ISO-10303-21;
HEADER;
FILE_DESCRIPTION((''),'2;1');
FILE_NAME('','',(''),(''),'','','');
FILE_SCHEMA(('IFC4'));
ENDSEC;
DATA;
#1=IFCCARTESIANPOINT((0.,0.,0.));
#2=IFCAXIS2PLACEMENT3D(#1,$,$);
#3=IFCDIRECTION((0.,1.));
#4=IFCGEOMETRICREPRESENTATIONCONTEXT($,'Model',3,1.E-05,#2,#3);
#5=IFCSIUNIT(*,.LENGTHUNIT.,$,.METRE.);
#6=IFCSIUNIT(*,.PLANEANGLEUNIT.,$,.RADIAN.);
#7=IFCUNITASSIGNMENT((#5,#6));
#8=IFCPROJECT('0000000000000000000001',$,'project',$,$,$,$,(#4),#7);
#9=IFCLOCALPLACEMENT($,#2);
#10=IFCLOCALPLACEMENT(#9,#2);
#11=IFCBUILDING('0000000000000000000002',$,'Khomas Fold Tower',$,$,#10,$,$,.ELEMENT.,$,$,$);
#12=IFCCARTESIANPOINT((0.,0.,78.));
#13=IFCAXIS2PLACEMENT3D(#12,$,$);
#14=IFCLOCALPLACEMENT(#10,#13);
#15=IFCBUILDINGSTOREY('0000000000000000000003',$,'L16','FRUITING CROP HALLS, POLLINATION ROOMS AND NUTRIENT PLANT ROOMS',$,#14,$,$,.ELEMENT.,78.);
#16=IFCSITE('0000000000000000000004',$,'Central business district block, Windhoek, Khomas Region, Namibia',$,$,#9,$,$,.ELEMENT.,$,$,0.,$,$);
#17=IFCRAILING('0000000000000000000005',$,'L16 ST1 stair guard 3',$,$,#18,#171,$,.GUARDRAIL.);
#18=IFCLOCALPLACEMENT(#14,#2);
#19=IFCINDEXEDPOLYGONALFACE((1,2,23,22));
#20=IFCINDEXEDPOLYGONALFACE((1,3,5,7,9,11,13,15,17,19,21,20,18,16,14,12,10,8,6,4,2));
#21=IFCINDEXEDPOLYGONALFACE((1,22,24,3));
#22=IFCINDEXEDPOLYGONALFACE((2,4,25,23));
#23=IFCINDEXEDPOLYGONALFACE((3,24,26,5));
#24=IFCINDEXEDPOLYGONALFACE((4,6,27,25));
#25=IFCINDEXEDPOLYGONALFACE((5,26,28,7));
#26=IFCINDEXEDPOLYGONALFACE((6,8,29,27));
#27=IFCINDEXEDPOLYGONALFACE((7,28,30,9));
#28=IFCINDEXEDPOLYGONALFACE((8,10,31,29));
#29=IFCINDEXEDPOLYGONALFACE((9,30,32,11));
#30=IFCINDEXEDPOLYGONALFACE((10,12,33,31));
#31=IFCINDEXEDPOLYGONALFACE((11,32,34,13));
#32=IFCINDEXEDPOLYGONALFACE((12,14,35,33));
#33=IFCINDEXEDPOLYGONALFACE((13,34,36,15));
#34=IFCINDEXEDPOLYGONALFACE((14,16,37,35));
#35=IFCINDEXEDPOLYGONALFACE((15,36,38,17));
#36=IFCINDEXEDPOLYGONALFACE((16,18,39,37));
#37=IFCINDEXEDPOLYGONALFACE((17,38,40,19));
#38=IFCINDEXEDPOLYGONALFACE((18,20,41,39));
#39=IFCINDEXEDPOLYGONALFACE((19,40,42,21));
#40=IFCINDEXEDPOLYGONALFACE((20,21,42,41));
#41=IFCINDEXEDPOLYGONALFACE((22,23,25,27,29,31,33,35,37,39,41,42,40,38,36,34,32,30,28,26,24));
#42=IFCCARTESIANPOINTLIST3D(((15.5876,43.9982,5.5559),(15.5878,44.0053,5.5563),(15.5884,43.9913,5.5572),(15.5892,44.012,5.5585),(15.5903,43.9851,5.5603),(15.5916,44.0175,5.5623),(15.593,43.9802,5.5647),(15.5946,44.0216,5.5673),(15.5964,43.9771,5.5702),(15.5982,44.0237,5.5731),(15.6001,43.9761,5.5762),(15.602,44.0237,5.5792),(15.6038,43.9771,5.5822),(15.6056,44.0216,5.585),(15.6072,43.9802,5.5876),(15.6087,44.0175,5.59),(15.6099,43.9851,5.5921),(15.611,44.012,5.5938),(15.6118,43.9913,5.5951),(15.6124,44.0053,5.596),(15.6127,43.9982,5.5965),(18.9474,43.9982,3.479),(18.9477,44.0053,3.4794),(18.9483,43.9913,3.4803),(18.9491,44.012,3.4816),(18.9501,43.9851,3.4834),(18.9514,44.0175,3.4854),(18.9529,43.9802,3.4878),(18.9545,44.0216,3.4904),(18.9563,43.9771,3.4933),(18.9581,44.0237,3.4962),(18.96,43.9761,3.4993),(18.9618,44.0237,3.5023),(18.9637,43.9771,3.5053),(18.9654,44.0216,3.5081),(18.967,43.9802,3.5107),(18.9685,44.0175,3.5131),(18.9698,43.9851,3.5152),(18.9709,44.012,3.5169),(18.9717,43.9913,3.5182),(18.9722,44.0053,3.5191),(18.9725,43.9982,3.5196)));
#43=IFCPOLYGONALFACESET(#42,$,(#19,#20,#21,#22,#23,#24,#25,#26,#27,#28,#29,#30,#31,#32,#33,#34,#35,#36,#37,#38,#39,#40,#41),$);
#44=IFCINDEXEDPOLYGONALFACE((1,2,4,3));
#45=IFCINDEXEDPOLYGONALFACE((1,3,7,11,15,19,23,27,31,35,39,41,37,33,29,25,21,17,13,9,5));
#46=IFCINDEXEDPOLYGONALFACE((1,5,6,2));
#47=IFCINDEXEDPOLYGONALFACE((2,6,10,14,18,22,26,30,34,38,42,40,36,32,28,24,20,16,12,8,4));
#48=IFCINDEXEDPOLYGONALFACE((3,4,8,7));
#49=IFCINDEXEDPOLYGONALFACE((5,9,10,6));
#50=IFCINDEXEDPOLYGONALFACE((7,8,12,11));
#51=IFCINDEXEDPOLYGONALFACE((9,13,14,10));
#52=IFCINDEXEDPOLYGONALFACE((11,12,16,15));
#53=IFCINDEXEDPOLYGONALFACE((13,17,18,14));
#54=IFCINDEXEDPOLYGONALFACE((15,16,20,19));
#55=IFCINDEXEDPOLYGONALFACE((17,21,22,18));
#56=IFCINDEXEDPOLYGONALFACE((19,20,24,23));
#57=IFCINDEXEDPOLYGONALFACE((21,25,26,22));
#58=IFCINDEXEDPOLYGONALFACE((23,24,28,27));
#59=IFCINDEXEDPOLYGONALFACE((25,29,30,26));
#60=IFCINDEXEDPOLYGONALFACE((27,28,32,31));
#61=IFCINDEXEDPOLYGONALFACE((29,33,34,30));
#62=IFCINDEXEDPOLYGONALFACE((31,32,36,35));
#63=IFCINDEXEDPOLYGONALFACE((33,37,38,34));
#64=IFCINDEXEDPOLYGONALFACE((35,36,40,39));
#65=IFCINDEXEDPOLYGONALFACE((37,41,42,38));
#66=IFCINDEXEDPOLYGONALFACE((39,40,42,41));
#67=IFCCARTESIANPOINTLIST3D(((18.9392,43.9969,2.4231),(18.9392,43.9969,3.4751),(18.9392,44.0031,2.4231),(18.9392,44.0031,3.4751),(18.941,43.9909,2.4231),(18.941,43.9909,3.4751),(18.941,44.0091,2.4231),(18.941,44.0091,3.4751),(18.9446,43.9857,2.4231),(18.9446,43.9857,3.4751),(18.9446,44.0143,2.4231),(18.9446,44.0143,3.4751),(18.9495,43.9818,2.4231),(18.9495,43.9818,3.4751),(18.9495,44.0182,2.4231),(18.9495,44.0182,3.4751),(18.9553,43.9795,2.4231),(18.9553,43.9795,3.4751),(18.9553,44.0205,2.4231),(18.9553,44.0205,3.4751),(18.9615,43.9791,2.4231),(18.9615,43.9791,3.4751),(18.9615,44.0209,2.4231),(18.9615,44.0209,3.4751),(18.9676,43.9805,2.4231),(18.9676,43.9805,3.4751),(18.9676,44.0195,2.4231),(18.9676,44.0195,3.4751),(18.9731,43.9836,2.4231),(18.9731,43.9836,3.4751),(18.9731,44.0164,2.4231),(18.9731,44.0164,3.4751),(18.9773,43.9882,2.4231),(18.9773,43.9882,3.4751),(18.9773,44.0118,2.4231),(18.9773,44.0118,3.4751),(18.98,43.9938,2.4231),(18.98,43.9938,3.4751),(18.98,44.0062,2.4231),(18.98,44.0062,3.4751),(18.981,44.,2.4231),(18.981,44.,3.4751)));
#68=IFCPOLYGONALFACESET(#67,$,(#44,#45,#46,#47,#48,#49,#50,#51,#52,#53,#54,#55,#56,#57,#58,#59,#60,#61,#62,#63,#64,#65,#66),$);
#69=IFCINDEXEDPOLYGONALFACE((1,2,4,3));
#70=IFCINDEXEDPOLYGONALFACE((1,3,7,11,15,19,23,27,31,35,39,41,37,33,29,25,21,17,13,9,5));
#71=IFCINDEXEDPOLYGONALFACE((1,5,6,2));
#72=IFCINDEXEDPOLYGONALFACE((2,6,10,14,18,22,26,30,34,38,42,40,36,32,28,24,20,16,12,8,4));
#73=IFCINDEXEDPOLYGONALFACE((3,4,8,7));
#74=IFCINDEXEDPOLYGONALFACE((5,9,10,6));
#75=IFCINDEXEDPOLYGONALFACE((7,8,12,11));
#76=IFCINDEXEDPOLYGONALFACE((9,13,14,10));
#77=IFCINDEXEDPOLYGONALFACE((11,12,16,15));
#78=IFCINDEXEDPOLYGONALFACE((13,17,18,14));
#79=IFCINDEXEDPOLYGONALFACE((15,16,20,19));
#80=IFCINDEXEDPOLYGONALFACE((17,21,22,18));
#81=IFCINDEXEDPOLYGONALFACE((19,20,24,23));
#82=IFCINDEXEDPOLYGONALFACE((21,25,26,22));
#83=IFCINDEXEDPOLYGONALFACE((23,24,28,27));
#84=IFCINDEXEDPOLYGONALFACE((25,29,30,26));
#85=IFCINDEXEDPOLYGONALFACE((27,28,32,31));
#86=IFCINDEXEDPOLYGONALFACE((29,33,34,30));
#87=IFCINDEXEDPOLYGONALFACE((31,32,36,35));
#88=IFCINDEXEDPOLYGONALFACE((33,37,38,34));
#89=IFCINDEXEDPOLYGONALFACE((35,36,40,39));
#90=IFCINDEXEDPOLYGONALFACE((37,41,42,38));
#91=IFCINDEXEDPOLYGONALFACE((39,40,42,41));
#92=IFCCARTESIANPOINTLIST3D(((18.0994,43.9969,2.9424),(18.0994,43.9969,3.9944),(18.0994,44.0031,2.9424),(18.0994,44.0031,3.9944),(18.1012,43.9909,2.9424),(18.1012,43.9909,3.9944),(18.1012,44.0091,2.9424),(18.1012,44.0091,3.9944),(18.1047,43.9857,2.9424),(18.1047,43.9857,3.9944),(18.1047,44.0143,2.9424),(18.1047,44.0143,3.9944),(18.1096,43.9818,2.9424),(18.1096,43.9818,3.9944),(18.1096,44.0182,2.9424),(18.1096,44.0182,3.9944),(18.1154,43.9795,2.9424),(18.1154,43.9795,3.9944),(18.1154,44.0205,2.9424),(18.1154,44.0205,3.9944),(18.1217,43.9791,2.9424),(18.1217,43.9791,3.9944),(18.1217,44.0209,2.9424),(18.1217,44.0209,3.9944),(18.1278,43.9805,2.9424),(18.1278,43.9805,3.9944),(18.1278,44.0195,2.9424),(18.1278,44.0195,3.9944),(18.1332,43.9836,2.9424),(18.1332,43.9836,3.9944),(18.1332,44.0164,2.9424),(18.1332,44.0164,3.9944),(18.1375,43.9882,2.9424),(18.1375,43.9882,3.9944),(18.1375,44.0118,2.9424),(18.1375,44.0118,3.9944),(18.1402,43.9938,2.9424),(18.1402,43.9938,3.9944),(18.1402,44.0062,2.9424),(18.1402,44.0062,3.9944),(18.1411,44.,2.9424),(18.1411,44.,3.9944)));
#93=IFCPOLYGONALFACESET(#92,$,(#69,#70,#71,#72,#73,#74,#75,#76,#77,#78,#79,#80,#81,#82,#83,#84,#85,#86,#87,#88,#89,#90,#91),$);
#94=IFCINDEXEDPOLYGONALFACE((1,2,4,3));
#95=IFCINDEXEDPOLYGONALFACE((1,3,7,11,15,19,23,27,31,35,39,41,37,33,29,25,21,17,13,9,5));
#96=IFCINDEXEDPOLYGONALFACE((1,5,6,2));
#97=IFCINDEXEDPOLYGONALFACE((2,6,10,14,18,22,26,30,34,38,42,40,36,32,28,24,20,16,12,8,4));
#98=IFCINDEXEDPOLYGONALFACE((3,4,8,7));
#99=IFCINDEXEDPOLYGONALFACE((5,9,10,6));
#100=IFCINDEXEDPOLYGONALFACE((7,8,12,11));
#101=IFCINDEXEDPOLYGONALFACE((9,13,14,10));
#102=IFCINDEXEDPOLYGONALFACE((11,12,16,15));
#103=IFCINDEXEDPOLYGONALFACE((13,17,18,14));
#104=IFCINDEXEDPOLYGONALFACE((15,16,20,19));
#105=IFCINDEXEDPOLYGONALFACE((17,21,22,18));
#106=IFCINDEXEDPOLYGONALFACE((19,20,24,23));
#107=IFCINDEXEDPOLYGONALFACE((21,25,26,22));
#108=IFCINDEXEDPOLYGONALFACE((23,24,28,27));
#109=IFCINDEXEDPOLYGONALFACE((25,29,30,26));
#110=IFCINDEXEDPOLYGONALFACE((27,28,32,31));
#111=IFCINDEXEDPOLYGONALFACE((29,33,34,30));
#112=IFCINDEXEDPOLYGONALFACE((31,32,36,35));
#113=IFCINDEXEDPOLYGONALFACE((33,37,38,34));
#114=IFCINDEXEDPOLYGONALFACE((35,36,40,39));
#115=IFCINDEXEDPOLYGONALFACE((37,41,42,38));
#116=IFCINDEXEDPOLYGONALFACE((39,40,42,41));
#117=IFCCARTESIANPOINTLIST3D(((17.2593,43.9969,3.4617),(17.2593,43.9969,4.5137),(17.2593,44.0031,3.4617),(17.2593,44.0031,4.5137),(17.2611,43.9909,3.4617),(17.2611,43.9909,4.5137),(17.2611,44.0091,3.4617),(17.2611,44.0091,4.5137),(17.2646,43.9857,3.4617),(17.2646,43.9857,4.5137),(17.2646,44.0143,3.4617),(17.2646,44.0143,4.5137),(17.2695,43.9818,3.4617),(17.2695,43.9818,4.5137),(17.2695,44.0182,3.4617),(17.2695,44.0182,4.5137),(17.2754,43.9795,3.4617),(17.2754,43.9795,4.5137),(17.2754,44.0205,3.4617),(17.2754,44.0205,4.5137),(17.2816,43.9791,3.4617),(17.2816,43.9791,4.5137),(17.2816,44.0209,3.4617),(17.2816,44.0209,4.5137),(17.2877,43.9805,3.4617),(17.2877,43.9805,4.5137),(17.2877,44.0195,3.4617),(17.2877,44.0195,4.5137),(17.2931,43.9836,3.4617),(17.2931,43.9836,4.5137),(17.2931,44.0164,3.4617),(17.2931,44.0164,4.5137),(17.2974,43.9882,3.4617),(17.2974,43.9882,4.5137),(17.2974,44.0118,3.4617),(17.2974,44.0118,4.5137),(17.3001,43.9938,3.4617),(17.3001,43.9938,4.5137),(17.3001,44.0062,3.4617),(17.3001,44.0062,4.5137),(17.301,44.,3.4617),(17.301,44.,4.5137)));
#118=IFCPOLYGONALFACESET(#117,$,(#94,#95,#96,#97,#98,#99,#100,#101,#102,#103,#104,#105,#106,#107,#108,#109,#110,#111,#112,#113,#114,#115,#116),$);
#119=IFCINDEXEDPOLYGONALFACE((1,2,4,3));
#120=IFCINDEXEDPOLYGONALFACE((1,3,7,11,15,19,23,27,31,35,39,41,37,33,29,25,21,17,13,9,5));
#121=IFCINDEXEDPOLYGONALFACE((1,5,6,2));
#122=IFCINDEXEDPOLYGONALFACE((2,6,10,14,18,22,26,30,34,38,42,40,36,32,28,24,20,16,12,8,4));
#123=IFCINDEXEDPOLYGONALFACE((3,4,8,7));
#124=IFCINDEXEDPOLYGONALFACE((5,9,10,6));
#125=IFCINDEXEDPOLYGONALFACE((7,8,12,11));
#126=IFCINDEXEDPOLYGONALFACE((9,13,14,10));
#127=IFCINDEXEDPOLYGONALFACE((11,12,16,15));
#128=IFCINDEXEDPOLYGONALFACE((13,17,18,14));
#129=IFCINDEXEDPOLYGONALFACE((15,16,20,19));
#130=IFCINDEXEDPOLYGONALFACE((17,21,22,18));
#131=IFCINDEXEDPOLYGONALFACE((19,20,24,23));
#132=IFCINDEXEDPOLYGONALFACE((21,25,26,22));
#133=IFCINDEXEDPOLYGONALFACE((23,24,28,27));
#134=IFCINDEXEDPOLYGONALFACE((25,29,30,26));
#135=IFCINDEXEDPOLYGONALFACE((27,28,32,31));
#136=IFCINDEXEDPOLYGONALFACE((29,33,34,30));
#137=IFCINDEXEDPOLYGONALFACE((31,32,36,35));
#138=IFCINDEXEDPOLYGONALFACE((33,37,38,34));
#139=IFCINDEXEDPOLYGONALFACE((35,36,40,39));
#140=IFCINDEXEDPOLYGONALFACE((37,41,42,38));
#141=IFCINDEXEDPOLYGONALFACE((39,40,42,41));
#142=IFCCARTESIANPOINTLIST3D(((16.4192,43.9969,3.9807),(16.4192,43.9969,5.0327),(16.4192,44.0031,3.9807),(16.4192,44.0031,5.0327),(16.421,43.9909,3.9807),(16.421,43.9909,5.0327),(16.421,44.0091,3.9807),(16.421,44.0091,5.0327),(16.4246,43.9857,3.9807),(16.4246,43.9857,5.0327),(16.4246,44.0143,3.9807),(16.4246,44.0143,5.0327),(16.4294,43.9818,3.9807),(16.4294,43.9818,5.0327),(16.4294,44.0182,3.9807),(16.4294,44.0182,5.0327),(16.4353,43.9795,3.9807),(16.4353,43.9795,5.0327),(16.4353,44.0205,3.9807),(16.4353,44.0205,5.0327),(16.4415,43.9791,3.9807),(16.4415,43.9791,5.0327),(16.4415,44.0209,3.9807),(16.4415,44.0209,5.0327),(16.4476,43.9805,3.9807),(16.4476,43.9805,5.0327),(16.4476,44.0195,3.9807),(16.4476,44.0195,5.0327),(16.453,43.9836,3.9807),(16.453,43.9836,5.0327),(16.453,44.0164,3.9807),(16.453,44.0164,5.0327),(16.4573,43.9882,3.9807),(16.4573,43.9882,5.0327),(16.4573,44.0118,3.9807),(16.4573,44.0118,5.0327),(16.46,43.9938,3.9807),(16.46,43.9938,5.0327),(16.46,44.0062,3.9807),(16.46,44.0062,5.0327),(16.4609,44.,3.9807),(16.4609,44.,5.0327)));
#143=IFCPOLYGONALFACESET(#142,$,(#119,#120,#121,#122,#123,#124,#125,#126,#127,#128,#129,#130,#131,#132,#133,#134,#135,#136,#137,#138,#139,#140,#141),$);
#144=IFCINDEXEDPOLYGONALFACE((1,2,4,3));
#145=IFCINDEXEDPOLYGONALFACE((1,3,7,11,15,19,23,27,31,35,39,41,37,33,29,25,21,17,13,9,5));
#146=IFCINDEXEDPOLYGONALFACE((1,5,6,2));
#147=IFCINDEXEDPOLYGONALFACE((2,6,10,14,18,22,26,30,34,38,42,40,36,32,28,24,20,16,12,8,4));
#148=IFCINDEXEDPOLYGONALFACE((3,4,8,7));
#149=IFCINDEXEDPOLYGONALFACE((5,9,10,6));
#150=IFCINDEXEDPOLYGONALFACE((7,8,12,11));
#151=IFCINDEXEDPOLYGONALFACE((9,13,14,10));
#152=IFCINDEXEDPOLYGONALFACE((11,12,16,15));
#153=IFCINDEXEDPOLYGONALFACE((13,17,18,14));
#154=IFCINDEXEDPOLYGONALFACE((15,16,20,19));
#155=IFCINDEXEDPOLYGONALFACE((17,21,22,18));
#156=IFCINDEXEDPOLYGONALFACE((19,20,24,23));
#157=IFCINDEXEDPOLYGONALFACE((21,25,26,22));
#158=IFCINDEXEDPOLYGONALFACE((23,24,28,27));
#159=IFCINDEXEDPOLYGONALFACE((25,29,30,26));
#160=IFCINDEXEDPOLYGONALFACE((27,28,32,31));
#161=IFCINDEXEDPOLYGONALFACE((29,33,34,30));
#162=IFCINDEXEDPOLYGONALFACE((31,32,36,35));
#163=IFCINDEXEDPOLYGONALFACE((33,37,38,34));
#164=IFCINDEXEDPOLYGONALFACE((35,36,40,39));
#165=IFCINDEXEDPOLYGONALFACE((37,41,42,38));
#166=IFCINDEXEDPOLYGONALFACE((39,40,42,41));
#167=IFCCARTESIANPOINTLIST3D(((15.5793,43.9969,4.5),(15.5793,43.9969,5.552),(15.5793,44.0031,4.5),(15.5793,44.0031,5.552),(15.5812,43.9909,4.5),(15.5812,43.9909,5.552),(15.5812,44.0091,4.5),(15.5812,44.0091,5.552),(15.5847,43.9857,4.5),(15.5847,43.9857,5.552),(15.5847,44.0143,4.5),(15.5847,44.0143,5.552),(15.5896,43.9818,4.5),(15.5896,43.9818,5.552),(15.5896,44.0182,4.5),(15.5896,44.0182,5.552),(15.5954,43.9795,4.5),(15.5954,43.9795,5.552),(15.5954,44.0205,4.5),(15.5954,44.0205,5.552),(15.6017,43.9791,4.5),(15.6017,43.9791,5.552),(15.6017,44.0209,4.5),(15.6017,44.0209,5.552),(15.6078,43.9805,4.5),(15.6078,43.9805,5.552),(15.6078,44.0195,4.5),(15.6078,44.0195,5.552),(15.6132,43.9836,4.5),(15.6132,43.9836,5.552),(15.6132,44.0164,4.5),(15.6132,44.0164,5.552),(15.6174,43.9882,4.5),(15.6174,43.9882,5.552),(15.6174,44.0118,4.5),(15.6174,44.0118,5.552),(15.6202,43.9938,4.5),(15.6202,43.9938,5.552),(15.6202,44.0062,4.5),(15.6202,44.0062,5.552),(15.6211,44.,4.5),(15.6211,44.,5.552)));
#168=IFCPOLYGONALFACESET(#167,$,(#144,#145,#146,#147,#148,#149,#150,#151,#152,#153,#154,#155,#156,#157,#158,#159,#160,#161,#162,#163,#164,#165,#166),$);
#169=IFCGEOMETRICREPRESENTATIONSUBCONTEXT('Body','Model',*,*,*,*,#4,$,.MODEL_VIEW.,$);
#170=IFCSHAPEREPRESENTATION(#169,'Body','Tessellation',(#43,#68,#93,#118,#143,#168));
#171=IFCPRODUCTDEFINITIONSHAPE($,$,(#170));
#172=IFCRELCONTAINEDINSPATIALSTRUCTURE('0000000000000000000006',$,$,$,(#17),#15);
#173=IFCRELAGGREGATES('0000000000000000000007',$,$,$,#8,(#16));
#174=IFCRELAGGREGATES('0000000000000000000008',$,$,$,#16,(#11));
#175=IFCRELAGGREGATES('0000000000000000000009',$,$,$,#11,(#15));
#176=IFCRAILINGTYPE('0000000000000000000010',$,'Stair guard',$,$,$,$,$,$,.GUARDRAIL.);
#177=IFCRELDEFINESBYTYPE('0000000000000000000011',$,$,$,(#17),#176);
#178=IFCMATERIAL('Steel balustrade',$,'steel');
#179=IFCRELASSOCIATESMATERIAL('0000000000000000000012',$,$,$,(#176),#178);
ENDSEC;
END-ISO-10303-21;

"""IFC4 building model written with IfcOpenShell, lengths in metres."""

from ifc_helpers import new_model, si_unit, direction, frame, origin, origin_2d, place, context, subcontext, project, spatial, circle, extrude, source, transform, mapped, material, type_object, element, save


model = new_model("IFC4")

# Units and contexts
model_context = context("Model", 3, precision=1e-05, world=origin(), true_north=direction((0.0, 1.0)))
body_context = subcontext(model_context, "Body", "Model", "MODEL_VIEW")
ifc_project = project(units=[si_unit("LENGTHUNIT", "METRE"), si_unit("PLANEANGLEUNIT", "RADIAN")], contexts=[model_context])

# Site, building, storey
site_placement = place(None, origin())
site = spatial("IfcSite", under=ifc_project, at=site_placement, Name="Central business district block, Windhoek, Khomas Region, Namibia", CompositionType="ELEMENT", RefElevation=0.0)
building_placement = place(site_placement, origin())
building = spatial("IfcBuilding", under=site, at=building_placement, Name="Khomas Fold Tower", CompositionType="ELEMENT")
storey_placement = place(building_placement, frame((0.0, 0.0, 78.0)))
storey = spatial("IfcBuildingStorey", under=building, at=storey_placement, Name="L16", Description="FRUITING CROP HALLS, POLLINATION ROOMS AND NUTRIENT PLANT ROOMS", CompositionType="ELEMENT", Elevation=78.0)

# Railing
ifc_material_1 = material(Name="Steel balustrade", Category="steel")
railing_type_1 = type_object("IfcRailingType", Name="Stair guard", PredefinedType="GUARDRAIL", material=ifc_material_1)
shared_shape_1 = source(origin(), body_context, "Body", "SweptSolid", [
    extrude(circle(Radius=0.0239, at=origin_2d()), frame((0.0, 0.0, 1.0762), z_axis=(-0.850606, 0.0, 0.525803), x_axis=(0.0, -1.0, 0.0)), (0.0, 0.0, 1.0), 3.95),
    extrude(circle(Radius=0.021, at=origin_2d()), origin(), (0.0, 0.0, 1.0), 1.052),
    extrude(circle(Radius=0.021, at=origin_2d()), frame((-0.8398, 0.0, 0.5193)), (0.0, 0.0, 1.0), 1.052),
    extrude(circle(Radius=0.021, at=origin_2d()), frame((-1.6799, 0.0, 1.0386)), (0.0, 0.0, 1.0), 1.052),
    extrude(circle(Radius=0.021, at=origin_2d()), frame((-2.52, 0.0, 1.5576)), (0.0, 0.0, 1.0), 1.052),
    extrude(circle(Radius=0.021, at=origin_2d()), frame((-3.3599, 0.0, 2.0769)), (0.0, 0.0, 1.0), 1.052),
])
railing_1_placement = place(storey_placement, frame((18.96, 44.0, 2.4231)))
element("IfcRailing", 1, at=railing_1_placement, inside=storey, type_object=railing_type_1, Name="L16 ST1 stair guard 3", PredefinedType="GUARDRAIL", context=body_context, shape_type="MappedRepresentation", body=[
    mapped(shared_shape_1, transform((0.0, 0.0, 0.0))),
])

save(model, "model.ifc")
